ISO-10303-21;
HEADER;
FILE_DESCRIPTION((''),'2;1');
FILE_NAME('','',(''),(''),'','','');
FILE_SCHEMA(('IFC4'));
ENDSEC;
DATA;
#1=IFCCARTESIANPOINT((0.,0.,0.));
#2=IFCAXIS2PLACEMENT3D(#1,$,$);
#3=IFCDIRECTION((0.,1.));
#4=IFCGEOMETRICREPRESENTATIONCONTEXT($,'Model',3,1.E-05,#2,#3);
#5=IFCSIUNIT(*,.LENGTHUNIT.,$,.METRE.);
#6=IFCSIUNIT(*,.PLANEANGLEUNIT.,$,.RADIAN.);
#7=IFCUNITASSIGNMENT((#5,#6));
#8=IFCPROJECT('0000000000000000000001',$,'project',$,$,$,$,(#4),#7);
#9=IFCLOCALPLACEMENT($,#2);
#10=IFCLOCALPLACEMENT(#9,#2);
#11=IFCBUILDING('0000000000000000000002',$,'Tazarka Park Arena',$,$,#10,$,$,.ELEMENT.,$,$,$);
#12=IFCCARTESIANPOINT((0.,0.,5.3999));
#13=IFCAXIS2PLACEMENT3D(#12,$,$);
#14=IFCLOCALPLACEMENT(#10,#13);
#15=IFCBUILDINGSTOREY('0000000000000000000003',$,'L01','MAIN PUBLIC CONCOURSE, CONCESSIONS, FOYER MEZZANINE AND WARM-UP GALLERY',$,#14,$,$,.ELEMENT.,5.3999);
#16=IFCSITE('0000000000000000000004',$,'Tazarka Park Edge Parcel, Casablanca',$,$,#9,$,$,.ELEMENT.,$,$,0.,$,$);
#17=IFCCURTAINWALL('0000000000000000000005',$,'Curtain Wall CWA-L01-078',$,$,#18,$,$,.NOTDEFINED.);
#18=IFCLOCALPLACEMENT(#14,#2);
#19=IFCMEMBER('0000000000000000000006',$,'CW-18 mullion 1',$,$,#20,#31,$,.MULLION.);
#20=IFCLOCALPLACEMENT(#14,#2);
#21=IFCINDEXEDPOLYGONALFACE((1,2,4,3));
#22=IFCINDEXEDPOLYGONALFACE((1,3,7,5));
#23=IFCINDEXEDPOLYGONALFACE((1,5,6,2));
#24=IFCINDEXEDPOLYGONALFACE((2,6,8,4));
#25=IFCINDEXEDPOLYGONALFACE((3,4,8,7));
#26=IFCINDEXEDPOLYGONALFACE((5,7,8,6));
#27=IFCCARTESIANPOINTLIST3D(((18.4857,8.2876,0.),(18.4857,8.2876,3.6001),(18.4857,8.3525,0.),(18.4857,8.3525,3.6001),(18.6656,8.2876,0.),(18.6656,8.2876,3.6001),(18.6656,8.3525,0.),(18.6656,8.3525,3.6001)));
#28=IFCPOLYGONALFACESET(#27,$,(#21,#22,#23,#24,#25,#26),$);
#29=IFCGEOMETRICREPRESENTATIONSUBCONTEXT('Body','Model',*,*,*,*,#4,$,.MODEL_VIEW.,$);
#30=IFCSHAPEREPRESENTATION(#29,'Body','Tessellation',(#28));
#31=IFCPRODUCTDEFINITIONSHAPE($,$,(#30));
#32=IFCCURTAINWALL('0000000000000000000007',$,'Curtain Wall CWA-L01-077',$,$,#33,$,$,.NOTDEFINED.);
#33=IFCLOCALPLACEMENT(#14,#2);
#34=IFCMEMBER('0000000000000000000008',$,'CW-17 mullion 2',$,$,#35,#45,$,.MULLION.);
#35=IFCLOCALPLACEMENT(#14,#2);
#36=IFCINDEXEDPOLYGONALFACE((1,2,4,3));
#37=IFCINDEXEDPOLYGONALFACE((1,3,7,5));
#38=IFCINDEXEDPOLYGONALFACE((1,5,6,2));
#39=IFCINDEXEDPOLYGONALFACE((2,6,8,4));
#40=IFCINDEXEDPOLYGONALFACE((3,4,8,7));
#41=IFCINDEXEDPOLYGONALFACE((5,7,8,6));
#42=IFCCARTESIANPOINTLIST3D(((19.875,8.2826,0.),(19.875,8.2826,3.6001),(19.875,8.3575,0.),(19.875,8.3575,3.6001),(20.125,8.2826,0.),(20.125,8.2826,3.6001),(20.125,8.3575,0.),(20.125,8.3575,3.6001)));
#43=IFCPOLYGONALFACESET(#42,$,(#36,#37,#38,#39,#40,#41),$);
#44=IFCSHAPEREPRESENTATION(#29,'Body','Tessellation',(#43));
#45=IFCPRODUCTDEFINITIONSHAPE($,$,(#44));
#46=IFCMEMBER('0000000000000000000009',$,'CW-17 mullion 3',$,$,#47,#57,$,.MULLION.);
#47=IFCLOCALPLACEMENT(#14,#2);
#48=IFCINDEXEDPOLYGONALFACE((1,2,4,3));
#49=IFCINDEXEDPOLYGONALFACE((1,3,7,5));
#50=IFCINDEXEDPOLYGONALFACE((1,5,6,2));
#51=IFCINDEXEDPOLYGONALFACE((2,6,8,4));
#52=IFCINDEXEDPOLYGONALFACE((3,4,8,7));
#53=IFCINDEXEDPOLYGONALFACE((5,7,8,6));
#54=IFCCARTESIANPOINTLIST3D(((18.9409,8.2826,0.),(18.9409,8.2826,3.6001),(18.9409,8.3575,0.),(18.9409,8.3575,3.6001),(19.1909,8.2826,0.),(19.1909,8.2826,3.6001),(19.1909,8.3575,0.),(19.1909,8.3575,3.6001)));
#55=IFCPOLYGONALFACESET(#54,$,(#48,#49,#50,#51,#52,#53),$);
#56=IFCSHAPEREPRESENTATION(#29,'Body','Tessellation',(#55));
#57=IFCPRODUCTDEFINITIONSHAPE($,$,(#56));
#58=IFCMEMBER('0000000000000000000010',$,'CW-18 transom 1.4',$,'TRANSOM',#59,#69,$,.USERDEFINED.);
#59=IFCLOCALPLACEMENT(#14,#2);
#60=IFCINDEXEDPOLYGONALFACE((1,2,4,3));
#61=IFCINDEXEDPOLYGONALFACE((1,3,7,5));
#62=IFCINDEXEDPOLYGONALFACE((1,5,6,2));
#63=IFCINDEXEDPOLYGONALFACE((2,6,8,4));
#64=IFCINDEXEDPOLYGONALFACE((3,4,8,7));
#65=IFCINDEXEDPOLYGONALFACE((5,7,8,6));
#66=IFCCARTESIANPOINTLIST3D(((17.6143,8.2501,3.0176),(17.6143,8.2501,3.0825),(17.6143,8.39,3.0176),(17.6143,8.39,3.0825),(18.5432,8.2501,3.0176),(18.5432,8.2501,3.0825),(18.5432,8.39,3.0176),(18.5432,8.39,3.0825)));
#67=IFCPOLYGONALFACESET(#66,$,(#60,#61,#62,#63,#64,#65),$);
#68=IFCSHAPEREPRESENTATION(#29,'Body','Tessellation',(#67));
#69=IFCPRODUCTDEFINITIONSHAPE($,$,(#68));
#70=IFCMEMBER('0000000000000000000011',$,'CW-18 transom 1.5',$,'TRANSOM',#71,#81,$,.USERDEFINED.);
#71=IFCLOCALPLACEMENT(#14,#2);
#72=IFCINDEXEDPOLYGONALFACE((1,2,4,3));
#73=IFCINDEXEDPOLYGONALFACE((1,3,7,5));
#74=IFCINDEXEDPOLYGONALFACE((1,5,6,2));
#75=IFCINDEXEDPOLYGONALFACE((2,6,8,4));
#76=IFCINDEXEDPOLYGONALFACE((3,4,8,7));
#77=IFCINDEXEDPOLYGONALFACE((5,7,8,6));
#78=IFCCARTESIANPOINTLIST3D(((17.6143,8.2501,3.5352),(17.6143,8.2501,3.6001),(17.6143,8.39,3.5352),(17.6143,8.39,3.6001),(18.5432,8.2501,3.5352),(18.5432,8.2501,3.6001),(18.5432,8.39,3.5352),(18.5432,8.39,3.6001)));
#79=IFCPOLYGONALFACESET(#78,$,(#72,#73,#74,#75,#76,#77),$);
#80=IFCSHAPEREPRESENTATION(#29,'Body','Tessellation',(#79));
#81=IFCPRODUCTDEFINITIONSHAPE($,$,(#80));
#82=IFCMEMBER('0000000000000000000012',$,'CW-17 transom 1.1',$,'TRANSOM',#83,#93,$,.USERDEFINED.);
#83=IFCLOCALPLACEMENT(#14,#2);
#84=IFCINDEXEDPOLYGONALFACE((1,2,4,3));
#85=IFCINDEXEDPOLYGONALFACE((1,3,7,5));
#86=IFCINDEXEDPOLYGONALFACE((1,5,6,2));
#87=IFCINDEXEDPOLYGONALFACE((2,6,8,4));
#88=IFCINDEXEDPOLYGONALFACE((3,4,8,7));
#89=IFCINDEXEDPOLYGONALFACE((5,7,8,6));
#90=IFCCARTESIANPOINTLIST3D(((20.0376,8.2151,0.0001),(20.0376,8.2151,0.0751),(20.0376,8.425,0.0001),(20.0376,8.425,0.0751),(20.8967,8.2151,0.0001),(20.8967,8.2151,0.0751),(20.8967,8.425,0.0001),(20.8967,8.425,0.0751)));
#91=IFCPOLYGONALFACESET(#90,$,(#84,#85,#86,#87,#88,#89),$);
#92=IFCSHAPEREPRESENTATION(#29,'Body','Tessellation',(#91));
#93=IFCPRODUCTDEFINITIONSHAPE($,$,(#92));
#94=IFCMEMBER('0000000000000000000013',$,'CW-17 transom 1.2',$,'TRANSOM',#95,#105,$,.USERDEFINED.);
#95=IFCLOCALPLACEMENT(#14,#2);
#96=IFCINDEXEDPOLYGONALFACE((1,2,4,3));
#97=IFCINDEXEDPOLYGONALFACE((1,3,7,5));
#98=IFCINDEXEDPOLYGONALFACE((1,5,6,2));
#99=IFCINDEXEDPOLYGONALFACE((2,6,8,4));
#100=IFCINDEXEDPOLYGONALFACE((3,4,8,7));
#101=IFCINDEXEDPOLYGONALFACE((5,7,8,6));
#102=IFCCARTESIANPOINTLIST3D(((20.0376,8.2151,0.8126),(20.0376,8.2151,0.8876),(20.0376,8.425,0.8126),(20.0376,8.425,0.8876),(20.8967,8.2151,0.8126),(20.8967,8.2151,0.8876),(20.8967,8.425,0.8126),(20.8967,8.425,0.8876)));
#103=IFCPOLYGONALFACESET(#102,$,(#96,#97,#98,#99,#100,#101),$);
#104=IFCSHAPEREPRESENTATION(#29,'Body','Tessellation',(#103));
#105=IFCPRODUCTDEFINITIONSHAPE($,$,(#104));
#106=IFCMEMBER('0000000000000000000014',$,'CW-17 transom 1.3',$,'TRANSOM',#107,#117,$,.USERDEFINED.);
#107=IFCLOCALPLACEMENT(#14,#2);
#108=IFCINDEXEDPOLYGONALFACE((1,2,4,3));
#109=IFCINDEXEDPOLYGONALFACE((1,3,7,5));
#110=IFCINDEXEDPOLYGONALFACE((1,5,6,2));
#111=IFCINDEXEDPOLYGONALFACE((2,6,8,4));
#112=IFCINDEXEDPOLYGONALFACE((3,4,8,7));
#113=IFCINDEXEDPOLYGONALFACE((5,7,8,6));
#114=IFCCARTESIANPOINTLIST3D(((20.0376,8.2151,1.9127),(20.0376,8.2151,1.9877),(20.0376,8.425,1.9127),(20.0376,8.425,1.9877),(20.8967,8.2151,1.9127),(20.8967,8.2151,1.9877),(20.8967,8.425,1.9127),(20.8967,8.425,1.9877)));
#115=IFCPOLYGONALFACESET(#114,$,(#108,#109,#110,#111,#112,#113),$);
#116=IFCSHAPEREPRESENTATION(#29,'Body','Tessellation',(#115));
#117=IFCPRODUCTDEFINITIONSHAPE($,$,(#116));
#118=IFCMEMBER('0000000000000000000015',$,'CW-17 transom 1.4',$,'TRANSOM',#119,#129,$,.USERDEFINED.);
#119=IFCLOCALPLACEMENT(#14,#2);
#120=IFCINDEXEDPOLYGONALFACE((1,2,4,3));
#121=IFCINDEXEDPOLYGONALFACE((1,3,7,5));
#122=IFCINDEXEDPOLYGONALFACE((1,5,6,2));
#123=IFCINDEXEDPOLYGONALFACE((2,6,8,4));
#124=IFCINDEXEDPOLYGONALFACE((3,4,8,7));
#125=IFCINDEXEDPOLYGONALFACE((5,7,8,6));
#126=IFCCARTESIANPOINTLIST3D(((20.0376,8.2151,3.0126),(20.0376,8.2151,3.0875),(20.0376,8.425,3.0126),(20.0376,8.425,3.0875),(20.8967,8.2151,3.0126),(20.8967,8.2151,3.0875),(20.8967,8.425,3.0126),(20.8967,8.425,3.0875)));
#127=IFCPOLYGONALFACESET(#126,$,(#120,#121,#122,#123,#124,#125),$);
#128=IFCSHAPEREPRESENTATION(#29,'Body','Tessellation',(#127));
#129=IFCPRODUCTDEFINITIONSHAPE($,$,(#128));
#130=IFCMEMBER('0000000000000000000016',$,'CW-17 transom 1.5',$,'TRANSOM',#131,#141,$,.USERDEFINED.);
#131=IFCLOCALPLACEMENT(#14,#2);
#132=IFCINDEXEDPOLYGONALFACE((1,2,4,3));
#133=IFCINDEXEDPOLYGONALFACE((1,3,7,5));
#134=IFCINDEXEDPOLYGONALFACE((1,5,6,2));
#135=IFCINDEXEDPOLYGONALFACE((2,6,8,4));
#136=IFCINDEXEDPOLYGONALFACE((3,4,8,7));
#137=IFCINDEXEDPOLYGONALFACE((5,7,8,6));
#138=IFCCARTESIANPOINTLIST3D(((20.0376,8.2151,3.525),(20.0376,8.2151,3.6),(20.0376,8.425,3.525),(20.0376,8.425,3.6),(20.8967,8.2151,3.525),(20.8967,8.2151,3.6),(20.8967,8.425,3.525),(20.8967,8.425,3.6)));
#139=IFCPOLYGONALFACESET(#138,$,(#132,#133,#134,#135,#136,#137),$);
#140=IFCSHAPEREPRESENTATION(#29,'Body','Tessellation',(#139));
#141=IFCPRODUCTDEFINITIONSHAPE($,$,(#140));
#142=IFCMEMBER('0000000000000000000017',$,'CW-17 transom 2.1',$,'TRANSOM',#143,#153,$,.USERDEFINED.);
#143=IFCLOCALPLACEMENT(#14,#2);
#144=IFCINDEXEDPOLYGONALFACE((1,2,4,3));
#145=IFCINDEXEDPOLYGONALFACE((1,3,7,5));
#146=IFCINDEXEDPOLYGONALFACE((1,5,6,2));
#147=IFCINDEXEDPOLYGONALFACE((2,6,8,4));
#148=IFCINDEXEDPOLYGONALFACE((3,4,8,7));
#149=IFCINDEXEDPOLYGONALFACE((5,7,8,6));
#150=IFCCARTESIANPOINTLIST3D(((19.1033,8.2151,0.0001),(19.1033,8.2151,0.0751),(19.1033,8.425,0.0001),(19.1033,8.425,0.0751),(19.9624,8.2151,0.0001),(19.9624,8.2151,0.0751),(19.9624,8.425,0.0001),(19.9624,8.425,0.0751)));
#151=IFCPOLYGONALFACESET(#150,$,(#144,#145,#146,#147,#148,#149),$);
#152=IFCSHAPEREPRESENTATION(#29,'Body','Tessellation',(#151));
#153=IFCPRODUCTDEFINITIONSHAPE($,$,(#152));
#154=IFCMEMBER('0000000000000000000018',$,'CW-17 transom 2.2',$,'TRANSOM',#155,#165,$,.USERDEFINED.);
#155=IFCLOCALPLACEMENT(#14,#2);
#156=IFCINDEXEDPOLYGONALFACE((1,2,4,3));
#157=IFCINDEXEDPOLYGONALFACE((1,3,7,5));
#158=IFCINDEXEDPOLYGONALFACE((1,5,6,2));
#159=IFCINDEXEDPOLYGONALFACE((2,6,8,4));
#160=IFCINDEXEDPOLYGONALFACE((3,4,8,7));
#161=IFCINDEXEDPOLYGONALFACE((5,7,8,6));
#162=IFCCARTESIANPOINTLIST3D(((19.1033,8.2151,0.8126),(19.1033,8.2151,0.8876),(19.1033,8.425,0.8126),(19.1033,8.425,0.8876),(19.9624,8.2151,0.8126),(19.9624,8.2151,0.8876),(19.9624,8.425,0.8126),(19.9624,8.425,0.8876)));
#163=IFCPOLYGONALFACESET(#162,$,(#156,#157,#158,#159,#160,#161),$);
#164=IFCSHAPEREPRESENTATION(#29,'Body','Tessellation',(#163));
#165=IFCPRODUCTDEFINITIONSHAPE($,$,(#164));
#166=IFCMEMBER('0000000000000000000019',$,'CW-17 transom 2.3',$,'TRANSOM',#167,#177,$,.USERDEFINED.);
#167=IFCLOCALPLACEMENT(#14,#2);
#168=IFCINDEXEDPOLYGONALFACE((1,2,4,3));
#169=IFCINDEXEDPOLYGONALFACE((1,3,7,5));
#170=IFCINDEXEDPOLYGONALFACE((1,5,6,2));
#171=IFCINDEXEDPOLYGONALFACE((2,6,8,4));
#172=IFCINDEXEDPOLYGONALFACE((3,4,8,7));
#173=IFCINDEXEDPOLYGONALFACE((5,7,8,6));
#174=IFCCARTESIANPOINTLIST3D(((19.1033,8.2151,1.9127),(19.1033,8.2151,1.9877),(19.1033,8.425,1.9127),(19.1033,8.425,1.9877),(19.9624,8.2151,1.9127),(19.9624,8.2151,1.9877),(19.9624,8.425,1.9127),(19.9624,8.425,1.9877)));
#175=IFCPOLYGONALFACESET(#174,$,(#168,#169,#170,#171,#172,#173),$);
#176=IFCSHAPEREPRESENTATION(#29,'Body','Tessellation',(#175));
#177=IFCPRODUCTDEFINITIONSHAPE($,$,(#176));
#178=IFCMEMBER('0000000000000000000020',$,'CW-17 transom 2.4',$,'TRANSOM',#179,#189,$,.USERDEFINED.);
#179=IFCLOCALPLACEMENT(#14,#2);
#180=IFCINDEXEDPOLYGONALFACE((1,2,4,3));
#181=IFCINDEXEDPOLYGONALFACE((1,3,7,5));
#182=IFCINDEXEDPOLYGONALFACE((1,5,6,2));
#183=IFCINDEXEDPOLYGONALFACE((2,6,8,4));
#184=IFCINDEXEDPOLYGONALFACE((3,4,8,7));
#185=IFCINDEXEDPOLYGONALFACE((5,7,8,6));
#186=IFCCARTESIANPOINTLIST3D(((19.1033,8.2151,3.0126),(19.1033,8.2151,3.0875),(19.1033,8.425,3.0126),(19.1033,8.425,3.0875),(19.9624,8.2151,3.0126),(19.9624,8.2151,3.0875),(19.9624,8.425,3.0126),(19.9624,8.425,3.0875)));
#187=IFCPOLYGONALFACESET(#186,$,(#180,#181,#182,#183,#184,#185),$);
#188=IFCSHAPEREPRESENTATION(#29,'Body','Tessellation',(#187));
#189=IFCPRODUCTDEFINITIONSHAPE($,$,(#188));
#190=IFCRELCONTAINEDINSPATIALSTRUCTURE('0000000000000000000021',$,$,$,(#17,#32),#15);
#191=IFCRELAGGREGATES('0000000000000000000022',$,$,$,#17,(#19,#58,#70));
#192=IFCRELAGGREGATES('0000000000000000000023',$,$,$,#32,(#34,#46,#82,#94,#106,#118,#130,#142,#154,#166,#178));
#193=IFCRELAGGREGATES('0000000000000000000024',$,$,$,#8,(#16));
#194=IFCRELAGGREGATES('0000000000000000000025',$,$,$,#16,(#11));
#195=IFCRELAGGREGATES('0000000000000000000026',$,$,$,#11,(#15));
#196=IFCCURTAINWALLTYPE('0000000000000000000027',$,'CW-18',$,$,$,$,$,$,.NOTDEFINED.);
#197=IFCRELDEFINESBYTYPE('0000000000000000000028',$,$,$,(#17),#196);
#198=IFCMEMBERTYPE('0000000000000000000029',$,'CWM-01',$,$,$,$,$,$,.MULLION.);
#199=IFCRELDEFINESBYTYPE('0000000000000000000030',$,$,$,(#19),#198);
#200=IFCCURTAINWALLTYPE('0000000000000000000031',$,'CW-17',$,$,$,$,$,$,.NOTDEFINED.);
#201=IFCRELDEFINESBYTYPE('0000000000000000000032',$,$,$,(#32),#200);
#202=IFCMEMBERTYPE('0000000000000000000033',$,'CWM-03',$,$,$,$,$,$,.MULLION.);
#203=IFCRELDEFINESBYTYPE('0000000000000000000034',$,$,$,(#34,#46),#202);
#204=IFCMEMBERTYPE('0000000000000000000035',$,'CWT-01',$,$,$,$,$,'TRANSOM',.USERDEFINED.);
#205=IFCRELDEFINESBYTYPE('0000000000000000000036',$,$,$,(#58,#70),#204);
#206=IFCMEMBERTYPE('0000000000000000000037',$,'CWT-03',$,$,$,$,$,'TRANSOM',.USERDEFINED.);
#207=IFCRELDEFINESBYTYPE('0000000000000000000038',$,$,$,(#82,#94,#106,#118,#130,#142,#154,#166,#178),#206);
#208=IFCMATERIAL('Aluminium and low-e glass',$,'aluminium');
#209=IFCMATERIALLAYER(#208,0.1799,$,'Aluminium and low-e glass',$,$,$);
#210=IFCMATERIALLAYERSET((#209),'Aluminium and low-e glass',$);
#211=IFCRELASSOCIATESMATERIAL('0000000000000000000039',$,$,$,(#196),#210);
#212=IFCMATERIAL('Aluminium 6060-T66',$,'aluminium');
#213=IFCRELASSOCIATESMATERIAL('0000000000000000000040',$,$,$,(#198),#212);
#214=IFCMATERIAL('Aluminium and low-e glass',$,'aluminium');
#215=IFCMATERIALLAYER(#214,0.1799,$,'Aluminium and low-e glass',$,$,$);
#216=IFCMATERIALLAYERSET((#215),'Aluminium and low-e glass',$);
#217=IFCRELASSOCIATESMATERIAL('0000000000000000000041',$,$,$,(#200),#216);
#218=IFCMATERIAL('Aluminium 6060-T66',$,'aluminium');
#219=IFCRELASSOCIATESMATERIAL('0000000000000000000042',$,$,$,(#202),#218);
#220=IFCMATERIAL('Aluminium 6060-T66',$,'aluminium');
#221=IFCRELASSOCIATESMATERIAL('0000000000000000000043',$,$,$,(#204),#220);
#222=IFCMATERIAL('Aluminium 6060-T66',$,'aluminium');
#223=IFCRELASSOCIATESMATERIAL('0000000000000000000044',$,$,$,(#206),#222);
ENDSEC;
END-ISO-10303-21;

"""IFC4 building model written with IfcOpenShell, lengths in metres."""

from ifc_helpers import new_model, si_unit, direction, frame, origin, origin_2d, place, context, subcontext, project, spatial, rectangle, extrude, material, layer, layer_set, material_profile, profile_set, type_object, element, aggregate, save


model = new_model("IFC4")

# Units and contexts
model_context = context("Model", 3, precision=1e-05, world=origin(), true_north=direction((0.0, 1.0)))
body_context = subcontext(model_context, "Body", "Model", "MODEL_VIEW")
ifc_project = project(units=[si_unit("LENGTHUNIT", "METRE"), si_unit("PLANEANGLEUNIT", "RADIAN")], contexts=[model_context])

# Site, building, storey
site_placement = place(None, origin())
site = spatial("IfcSite", under=ifc_project, at=site_placement, Name="Tazarka Park Edge Parcel, Casablanca", CompositionType="ELEMENT", RefElevation=0.0)
building_placement = place(site_placement, origin())
building = spatial("IfcBuilding", under=site, at=building_placement, Name="Tazarka Park Arena", CompositionType="ELEMENT")
storey_placement = place(building_placement, frame((0.0, 0.0, 5.3999)))
storey = spatial("IfcBuildingStorey", under=building, at=storey_placement, Name="L01", Description="MAIN PUBLIC CONCOURSE, CONCESSIONS, FOYER MEZZANINE AND WARM-UP GALLERY", CompositionType="ELEMENT", Elevation=5.3999)

# Curtain wall, member
ifc_material_1 = material(Name="Aluminium and low-e glass", Category="aluminium")
ifc_layer_1 = layer(ifc_material_1, 0.1799, Name="Aluminium and low-e glass")
ifc_layer_set_1 = layer_set([ifc_layer_1], Name="Aluminium and low-e glass")
curtain_wall_type_1 = type_object("IfcCurtainWallType", Name="CW-18", PredefinedType="NOTDEFINED", material=ifc_layer_set_1)
curtain_wall_1_placement = place(storey_placement, origin())
curtain_wall_1 = element("IfcCurtainWall", 1, at=curtain_wall_1_placement, inside=storey, type_object=curtain_wall_type_1, Name="Curtain Wall CWA-L01-078", PredefinedType="NOTDEFINED")
ifc_material_2 = material(Name="Aluminium 6060-T66", Category="aluminium")
ifc_material_profile_1 = material_profile(ifc_material_2, rectangle(XDim=0.0649, YDim=0.1799, at=origin_2d()), Name="Aluminium 6060-T66")
ifc_profile_set_1 = profile_set([ifc_material_profile_1], Name="Aluminium 6060-T66")
member_type_1 = type_object("IfcMemberType", Name="CWM-01", PredefinedType="MULLION", material=ifc_profile_set_1)
member_1_placement = place(storey_placement, frame((18.5757, 8.3201, 0.0), z_axis=(0.0, 0.0, 1.0), x_axis=(0.0, -1.0, 0.0)))
member_1 = element("IfcMember", 2, at=member_1_placement, type_object=member_type_1, Name="CW-18 mullion 1", PredefinedType="MULLION", context=body_context, shape_type="SweptSolid", body=[
    extrude(rectangle(XDim=0.0649, YDim=0.1799, at=origin_2d()), origin(), (0.0, 0.0, 1.0), 3.6001),
])

# Curtain wall, members
ifc_material_3 = material(Name="Aluminium and low-e glass", Category="aluminium")
ifc_layer_2 = layer(ifc_material_3, 0.1799, Name="Aluminium and low-e glass")
ifc_layer_set_2 = layer_set([ifc_layer_2], Name="Aluminium and low-e glass")
curtain_wall_type_2 = type_object("IfcCurtainWallType", Name="CW-17", PredefinedType="NOTDEFINED", material=ifc_layer_set_2)
curtain_wall_2_placement = place(storey_placement, origin())
curtain_wall_2 = element("IfcCurtainWall", 3, at=curtain_wall_2_placement, inside=storey, type_object=curtain_wall_type_2, Name="Curtain Wall CWA-L01-077", PredefinedType="NOTDEFINED")
ifc_material_4 = material(Name="Aluminium 6060-T66", Category="aluminium")
ifc_material_profile_2 = material_profile(ifc_material_4, rectangle(XDim=0.075, YDim=0.25, at=origin_2d()), Name="Aluminium 6060-T66")
ifc_profile_set_2 = profile_set([ifc_material_profile_2], Name="Aluminium 6060-T66")
member_type_2 = type_object("IfcMemberType", Name="CWM-03", PredefinedType="MULLION", material=ifc_profile_set_2)
member_2_placement = place(storey_placement, frame((20.0, 8.3201, 0.0), z_axis=(0.0, 0.0, 1.0), x_axis=(0.0, -1.0, 0.0)))
member_2 = element("IfcMember", 4, at=member_2_placement, type_object=member_type_2, Name="CW-17 mullion 2", PredefinedType="MULLION", context=body_context, shape_type="SweptSolid", body=[
    extrude(rectangle(XDim=0.075, YDim=0.25, at=origin_2d()), origin(), (0.0, 0.0, 1.0), 3.6001),
])
member_3_placement = place(storey_placement, frame((19.0659, 8.3201, 0.0), z_axis=(0.0, 0.0, 1.0), x_axis=(0.0, -1.0, 0.0)))
member_3 = element("IfcMember", 5, at=member_3_placement, type_object=member_type_2, Name="CW-17 mullion 3", PredefinedType="MULLION", context=body_context, shape_type="SweptSolid", body=[
    extrude(rectangle(XDim=0.075, YDim=0.25, at=origin_2d()), origin(), (0.0, 0.0, 1.0), 3.6001),
])

# Members
ifc_material_5 = material(Name="Aluminium 6060-T66", Category="aluminium")
ifc_material_profile_3 = material_profile(ifc_material_5, rectangle(XDim=0.1399, YDim=0.0649, at=origin_2d()), Name="Aluminium 6060-T66")
ifc_profile_set_3 = profile_set([ifc_material_profile_3], Name="Aluminium 6060-T66")
member_type_3 = type_object("IfcMemberType", Name="CWT-01", ElementType="TRANSOM", PredefinedType="USERDEFINED", material=ifc_profile_set_3)
member_4_placement = place(storey_placement, frame((18.5432, 8.3201, 3.05), z_axis=(-1.0, 0.0, 0.0), x_axis=(0.0, -1.0, 0.0)))
member_4 = element("IfcMember", 6, at=member_4_placement, type_object=member_type_3, Name="CW-18 transom 1.4", ObjectType="TRANSOM", PredefinedType="USERDEFINED", context=body_context, shape_type="SweptSolid", body=[
    extrude(rectangle(XDim=0.1399, YDim=0.0649, at=origin_2d()), origin(), (0.0, 0.0, 1.0), 0.929),
])
member_5_placement = place(storey_placement, frame((18.5432, 8.3201, 3.5676), z_axis=(-1.0, 0.0, 0.0), x_axis=(0.0, -1.0, 0.0)))
member_5 = element("IfcMember", 7, at=member_5_placement, type_object=member_type_3, Name="CW-18 transom 1.5", ObjectType="TRANSOM", PredefinedType="USERDEFINED", context=body_context, shape_type="SweptSolid", body=[
    extrude(rectangle(XDim=0.1399, YDim=0.0649, at=origin_2d()), origin(), (0.0, 0.0, 1.0), 0.929),
])
aggregate(curtain_wall_1, [member_1, member_4, member_5])
ifc_material_6 = material(Name="Aluminium 6060-T66", Category="aluminium")
ifc_material_profile_4 = material_profile(ifc_material_6, rectangle(XDim=0.21, YDim=0.075, at=origin_2d()), Name="Aluminium 6060-T66")
ifc_profile_set_4 = profile_set([ifc_material_profile_4], Name="Aluminium 6060-T66")
member_type_4 = type_object("IfcMemberType", Name="CWT-03", ElementType="TRANSOM", PredefinedType="USERDEFINED", material=ifc_profile_set_4)
member_6_placement = place(storey_placement, frame((20.8967, 8.3201, 0.0376), z_axis=(-1.0, 0.0, 0.0), x_axis=(0.0, -1.0, 0.0)))
member_6 = element("IfcMember", 8, at=member_6_placement, type_object=member_type_4, Name="CW-17 transom 1.1", ObjectType="TRANSOM", PredefinedType="USERDEFINED", context=body_context, shape_type="SweptSolid", body=[
    extrude(rectangle(XDim=0.21, YDim=0.075, at=origin_2d()), origin(), (0.0, 0.0, 1.0), 0.8591),
])
member_7_placement = place(storey_placement, frame((20.8967, 8.3201, 0.8501), z_axis=(-1.0, 0.0, 0.0), x_axis=(0.0, -1.0, 0.0)))
member_7 = element("IfcMember", 9, at=member_7_placement, type_object=member_type_4, Name="CW-17 transom 1.2", ObjectType="TRANSOM", PredefinedType="USERDEFINED", context=body_context, shape_type="SweptSolid", body=[
    extrude(rectangle(XDim=0.21, YDim=0.075, at=origin_2d()), origin(), (0.0, 0.0, 1.0), 0.8591),
])
member_8_placement = place(storey_placement, frame((20.8967, 8.3201, 1.9502), z_axis=(-1.0, 0.0, 0.0), x_axis=(0.0, -1.0, 0.0)))
member_8 = element("IfcMember", 10, at=member_8_placement, type_object=member_type_4, Name="CW-17 transom 1.3", ObjectType="TRANSOM", PredefinedType="USERDEFINED", context=body_context, shape_type="SweptSolid", body=[
    extrude(rectangle(XDim=0.21, YDim=0.075, at=origin_2d()), origin(), (0.0, 0.0, 1.0), 0.8591),
])
member_9_placement = place(storey_placement, frame((20.8967, 8.3201, 3.05), z_axis=(-1.0, 0.0, 0.0), x_axis=(0.0, -1.0, 0.0)))
member_9 = element("IfcMember", 11, at=member_9_placement, type_object=member_type_4, Name="CW-17 transom 1.4", ObjectType="TRANSOM", PredefinedType="USERDEFINED", context=body_context, shape_type="SweptSolid", body=[
    extrude(rectangle(XDim=0.21, YDim=0.075, at=origin_2d()), origin(), (0.0, 0.0, 1.0), 0.8591),
])
member_10_placement = place(storey_placement, frame((20.8967, 8.3201, 3.5625), z_axis=(-1.0, 0.0, 0.0), x_axis=(0.0, -1.0, 0.0)))
member_10 = element("IfcMember", 12, at=member_10_placement, type_object=member_type_4, Name="CW-17 transom 1.5", ObjectType="TRANSOM", PredefinedType="USERDEFINED", context=body_context, shape_type="SweptSolid", body=[
    extrude(rectangle(XDim=0.21, YDim=0.075, at=origin_2d()), origin(), (0.0, 0.0, 1.0), 0.8591),
])
member_11_placement = place(storey_placement, frame((19.9624, 8.3201, 0.0376), z_axis=(-1.0, 0.0, 0.0), x_axis=(0.0, -1.0, 0.0)))
member_11 = element("IfcMember", 13, at=member_11_placement, type_object=member_type_4, Name="CW-17 transom 2.1", ObjectType="TRANSOM", PredefinedType="USERDEFINED", context=body_context, shape_type="SweptSolid", body=[
    extrude(rectangle(XDim=0.21, YDim=0.075, at=origin_2d()), origin(), (0.0, 0.0, 1.0), 0.8591),
])
member_12_placement = place(storey_placement, frame((19.9624, 8.3201, 0.8501), z_axis=(-1.0, 0.0, 0.0), x_axis=(0.0, -1.0, 0.0)))
member_12 = element("IfcMember", 14, at=member_12_placement, type_object=member_type_4, Name="CW-17 transom 2.2", ObjectType="TRANSOM", PredefinedType="USERDEFINED", context=body_context, shape_type="SweptSolid", body=[
    extrude(rectangle(XDim=0.21, YDim=0.075, at=origin_2d()), origin(), (0.0, 0.0, 1.0), 0.8591),
])
member_13_placement = place(storey_placement, frame((19.9624, 8.3201, 1.9502), z_axis=(-1.0, 0.0, 0.0), x_axis=(0.0, -1.0, 0.0)))
member_13 = element("IfcMember", 15, at=member_13_placement, type_object=member_type_4, Name="CW-17 transom 2.3", ObjectType="TRANSOM", PredefinedType="USERDEFINED", context=body_context, shape_type="SweptSolid", body=[
    extrude(rectangle(XDim=0.21, YDim=0.075, at=origin_2d()), origin(), (0.0, 0.0, 1.0), 0.8591),
])
member_14_placement = place(storey_placement, frame((19.9624, 8.3201, 3.05), z_axis=(-1.0, 0.0, 0.0), x_axis=(0.0, -1.0, 0.0)))
member_14 = element("IfcMember", 16, at=member_14_placement, type_object=member_type_4, Name="CW-17 transom 2.4", ObjectType="TRANSOM", PredefinedType="USERDEFINED", context=body_context, shape_type="SweptSolid", body=[
    extrude(rectangle(XDim=0.21, YDim=0.075, at=origin_2d()), origin(), (0.0, 0.0, 1.0), 0.8591),
])

aggregate(curtain_wall_2, [member_2, member_3, member_6, member_7, member_8, member_9, member_10, member_11, member_12, member_13, member_14])

save(model, "model.ifc")
